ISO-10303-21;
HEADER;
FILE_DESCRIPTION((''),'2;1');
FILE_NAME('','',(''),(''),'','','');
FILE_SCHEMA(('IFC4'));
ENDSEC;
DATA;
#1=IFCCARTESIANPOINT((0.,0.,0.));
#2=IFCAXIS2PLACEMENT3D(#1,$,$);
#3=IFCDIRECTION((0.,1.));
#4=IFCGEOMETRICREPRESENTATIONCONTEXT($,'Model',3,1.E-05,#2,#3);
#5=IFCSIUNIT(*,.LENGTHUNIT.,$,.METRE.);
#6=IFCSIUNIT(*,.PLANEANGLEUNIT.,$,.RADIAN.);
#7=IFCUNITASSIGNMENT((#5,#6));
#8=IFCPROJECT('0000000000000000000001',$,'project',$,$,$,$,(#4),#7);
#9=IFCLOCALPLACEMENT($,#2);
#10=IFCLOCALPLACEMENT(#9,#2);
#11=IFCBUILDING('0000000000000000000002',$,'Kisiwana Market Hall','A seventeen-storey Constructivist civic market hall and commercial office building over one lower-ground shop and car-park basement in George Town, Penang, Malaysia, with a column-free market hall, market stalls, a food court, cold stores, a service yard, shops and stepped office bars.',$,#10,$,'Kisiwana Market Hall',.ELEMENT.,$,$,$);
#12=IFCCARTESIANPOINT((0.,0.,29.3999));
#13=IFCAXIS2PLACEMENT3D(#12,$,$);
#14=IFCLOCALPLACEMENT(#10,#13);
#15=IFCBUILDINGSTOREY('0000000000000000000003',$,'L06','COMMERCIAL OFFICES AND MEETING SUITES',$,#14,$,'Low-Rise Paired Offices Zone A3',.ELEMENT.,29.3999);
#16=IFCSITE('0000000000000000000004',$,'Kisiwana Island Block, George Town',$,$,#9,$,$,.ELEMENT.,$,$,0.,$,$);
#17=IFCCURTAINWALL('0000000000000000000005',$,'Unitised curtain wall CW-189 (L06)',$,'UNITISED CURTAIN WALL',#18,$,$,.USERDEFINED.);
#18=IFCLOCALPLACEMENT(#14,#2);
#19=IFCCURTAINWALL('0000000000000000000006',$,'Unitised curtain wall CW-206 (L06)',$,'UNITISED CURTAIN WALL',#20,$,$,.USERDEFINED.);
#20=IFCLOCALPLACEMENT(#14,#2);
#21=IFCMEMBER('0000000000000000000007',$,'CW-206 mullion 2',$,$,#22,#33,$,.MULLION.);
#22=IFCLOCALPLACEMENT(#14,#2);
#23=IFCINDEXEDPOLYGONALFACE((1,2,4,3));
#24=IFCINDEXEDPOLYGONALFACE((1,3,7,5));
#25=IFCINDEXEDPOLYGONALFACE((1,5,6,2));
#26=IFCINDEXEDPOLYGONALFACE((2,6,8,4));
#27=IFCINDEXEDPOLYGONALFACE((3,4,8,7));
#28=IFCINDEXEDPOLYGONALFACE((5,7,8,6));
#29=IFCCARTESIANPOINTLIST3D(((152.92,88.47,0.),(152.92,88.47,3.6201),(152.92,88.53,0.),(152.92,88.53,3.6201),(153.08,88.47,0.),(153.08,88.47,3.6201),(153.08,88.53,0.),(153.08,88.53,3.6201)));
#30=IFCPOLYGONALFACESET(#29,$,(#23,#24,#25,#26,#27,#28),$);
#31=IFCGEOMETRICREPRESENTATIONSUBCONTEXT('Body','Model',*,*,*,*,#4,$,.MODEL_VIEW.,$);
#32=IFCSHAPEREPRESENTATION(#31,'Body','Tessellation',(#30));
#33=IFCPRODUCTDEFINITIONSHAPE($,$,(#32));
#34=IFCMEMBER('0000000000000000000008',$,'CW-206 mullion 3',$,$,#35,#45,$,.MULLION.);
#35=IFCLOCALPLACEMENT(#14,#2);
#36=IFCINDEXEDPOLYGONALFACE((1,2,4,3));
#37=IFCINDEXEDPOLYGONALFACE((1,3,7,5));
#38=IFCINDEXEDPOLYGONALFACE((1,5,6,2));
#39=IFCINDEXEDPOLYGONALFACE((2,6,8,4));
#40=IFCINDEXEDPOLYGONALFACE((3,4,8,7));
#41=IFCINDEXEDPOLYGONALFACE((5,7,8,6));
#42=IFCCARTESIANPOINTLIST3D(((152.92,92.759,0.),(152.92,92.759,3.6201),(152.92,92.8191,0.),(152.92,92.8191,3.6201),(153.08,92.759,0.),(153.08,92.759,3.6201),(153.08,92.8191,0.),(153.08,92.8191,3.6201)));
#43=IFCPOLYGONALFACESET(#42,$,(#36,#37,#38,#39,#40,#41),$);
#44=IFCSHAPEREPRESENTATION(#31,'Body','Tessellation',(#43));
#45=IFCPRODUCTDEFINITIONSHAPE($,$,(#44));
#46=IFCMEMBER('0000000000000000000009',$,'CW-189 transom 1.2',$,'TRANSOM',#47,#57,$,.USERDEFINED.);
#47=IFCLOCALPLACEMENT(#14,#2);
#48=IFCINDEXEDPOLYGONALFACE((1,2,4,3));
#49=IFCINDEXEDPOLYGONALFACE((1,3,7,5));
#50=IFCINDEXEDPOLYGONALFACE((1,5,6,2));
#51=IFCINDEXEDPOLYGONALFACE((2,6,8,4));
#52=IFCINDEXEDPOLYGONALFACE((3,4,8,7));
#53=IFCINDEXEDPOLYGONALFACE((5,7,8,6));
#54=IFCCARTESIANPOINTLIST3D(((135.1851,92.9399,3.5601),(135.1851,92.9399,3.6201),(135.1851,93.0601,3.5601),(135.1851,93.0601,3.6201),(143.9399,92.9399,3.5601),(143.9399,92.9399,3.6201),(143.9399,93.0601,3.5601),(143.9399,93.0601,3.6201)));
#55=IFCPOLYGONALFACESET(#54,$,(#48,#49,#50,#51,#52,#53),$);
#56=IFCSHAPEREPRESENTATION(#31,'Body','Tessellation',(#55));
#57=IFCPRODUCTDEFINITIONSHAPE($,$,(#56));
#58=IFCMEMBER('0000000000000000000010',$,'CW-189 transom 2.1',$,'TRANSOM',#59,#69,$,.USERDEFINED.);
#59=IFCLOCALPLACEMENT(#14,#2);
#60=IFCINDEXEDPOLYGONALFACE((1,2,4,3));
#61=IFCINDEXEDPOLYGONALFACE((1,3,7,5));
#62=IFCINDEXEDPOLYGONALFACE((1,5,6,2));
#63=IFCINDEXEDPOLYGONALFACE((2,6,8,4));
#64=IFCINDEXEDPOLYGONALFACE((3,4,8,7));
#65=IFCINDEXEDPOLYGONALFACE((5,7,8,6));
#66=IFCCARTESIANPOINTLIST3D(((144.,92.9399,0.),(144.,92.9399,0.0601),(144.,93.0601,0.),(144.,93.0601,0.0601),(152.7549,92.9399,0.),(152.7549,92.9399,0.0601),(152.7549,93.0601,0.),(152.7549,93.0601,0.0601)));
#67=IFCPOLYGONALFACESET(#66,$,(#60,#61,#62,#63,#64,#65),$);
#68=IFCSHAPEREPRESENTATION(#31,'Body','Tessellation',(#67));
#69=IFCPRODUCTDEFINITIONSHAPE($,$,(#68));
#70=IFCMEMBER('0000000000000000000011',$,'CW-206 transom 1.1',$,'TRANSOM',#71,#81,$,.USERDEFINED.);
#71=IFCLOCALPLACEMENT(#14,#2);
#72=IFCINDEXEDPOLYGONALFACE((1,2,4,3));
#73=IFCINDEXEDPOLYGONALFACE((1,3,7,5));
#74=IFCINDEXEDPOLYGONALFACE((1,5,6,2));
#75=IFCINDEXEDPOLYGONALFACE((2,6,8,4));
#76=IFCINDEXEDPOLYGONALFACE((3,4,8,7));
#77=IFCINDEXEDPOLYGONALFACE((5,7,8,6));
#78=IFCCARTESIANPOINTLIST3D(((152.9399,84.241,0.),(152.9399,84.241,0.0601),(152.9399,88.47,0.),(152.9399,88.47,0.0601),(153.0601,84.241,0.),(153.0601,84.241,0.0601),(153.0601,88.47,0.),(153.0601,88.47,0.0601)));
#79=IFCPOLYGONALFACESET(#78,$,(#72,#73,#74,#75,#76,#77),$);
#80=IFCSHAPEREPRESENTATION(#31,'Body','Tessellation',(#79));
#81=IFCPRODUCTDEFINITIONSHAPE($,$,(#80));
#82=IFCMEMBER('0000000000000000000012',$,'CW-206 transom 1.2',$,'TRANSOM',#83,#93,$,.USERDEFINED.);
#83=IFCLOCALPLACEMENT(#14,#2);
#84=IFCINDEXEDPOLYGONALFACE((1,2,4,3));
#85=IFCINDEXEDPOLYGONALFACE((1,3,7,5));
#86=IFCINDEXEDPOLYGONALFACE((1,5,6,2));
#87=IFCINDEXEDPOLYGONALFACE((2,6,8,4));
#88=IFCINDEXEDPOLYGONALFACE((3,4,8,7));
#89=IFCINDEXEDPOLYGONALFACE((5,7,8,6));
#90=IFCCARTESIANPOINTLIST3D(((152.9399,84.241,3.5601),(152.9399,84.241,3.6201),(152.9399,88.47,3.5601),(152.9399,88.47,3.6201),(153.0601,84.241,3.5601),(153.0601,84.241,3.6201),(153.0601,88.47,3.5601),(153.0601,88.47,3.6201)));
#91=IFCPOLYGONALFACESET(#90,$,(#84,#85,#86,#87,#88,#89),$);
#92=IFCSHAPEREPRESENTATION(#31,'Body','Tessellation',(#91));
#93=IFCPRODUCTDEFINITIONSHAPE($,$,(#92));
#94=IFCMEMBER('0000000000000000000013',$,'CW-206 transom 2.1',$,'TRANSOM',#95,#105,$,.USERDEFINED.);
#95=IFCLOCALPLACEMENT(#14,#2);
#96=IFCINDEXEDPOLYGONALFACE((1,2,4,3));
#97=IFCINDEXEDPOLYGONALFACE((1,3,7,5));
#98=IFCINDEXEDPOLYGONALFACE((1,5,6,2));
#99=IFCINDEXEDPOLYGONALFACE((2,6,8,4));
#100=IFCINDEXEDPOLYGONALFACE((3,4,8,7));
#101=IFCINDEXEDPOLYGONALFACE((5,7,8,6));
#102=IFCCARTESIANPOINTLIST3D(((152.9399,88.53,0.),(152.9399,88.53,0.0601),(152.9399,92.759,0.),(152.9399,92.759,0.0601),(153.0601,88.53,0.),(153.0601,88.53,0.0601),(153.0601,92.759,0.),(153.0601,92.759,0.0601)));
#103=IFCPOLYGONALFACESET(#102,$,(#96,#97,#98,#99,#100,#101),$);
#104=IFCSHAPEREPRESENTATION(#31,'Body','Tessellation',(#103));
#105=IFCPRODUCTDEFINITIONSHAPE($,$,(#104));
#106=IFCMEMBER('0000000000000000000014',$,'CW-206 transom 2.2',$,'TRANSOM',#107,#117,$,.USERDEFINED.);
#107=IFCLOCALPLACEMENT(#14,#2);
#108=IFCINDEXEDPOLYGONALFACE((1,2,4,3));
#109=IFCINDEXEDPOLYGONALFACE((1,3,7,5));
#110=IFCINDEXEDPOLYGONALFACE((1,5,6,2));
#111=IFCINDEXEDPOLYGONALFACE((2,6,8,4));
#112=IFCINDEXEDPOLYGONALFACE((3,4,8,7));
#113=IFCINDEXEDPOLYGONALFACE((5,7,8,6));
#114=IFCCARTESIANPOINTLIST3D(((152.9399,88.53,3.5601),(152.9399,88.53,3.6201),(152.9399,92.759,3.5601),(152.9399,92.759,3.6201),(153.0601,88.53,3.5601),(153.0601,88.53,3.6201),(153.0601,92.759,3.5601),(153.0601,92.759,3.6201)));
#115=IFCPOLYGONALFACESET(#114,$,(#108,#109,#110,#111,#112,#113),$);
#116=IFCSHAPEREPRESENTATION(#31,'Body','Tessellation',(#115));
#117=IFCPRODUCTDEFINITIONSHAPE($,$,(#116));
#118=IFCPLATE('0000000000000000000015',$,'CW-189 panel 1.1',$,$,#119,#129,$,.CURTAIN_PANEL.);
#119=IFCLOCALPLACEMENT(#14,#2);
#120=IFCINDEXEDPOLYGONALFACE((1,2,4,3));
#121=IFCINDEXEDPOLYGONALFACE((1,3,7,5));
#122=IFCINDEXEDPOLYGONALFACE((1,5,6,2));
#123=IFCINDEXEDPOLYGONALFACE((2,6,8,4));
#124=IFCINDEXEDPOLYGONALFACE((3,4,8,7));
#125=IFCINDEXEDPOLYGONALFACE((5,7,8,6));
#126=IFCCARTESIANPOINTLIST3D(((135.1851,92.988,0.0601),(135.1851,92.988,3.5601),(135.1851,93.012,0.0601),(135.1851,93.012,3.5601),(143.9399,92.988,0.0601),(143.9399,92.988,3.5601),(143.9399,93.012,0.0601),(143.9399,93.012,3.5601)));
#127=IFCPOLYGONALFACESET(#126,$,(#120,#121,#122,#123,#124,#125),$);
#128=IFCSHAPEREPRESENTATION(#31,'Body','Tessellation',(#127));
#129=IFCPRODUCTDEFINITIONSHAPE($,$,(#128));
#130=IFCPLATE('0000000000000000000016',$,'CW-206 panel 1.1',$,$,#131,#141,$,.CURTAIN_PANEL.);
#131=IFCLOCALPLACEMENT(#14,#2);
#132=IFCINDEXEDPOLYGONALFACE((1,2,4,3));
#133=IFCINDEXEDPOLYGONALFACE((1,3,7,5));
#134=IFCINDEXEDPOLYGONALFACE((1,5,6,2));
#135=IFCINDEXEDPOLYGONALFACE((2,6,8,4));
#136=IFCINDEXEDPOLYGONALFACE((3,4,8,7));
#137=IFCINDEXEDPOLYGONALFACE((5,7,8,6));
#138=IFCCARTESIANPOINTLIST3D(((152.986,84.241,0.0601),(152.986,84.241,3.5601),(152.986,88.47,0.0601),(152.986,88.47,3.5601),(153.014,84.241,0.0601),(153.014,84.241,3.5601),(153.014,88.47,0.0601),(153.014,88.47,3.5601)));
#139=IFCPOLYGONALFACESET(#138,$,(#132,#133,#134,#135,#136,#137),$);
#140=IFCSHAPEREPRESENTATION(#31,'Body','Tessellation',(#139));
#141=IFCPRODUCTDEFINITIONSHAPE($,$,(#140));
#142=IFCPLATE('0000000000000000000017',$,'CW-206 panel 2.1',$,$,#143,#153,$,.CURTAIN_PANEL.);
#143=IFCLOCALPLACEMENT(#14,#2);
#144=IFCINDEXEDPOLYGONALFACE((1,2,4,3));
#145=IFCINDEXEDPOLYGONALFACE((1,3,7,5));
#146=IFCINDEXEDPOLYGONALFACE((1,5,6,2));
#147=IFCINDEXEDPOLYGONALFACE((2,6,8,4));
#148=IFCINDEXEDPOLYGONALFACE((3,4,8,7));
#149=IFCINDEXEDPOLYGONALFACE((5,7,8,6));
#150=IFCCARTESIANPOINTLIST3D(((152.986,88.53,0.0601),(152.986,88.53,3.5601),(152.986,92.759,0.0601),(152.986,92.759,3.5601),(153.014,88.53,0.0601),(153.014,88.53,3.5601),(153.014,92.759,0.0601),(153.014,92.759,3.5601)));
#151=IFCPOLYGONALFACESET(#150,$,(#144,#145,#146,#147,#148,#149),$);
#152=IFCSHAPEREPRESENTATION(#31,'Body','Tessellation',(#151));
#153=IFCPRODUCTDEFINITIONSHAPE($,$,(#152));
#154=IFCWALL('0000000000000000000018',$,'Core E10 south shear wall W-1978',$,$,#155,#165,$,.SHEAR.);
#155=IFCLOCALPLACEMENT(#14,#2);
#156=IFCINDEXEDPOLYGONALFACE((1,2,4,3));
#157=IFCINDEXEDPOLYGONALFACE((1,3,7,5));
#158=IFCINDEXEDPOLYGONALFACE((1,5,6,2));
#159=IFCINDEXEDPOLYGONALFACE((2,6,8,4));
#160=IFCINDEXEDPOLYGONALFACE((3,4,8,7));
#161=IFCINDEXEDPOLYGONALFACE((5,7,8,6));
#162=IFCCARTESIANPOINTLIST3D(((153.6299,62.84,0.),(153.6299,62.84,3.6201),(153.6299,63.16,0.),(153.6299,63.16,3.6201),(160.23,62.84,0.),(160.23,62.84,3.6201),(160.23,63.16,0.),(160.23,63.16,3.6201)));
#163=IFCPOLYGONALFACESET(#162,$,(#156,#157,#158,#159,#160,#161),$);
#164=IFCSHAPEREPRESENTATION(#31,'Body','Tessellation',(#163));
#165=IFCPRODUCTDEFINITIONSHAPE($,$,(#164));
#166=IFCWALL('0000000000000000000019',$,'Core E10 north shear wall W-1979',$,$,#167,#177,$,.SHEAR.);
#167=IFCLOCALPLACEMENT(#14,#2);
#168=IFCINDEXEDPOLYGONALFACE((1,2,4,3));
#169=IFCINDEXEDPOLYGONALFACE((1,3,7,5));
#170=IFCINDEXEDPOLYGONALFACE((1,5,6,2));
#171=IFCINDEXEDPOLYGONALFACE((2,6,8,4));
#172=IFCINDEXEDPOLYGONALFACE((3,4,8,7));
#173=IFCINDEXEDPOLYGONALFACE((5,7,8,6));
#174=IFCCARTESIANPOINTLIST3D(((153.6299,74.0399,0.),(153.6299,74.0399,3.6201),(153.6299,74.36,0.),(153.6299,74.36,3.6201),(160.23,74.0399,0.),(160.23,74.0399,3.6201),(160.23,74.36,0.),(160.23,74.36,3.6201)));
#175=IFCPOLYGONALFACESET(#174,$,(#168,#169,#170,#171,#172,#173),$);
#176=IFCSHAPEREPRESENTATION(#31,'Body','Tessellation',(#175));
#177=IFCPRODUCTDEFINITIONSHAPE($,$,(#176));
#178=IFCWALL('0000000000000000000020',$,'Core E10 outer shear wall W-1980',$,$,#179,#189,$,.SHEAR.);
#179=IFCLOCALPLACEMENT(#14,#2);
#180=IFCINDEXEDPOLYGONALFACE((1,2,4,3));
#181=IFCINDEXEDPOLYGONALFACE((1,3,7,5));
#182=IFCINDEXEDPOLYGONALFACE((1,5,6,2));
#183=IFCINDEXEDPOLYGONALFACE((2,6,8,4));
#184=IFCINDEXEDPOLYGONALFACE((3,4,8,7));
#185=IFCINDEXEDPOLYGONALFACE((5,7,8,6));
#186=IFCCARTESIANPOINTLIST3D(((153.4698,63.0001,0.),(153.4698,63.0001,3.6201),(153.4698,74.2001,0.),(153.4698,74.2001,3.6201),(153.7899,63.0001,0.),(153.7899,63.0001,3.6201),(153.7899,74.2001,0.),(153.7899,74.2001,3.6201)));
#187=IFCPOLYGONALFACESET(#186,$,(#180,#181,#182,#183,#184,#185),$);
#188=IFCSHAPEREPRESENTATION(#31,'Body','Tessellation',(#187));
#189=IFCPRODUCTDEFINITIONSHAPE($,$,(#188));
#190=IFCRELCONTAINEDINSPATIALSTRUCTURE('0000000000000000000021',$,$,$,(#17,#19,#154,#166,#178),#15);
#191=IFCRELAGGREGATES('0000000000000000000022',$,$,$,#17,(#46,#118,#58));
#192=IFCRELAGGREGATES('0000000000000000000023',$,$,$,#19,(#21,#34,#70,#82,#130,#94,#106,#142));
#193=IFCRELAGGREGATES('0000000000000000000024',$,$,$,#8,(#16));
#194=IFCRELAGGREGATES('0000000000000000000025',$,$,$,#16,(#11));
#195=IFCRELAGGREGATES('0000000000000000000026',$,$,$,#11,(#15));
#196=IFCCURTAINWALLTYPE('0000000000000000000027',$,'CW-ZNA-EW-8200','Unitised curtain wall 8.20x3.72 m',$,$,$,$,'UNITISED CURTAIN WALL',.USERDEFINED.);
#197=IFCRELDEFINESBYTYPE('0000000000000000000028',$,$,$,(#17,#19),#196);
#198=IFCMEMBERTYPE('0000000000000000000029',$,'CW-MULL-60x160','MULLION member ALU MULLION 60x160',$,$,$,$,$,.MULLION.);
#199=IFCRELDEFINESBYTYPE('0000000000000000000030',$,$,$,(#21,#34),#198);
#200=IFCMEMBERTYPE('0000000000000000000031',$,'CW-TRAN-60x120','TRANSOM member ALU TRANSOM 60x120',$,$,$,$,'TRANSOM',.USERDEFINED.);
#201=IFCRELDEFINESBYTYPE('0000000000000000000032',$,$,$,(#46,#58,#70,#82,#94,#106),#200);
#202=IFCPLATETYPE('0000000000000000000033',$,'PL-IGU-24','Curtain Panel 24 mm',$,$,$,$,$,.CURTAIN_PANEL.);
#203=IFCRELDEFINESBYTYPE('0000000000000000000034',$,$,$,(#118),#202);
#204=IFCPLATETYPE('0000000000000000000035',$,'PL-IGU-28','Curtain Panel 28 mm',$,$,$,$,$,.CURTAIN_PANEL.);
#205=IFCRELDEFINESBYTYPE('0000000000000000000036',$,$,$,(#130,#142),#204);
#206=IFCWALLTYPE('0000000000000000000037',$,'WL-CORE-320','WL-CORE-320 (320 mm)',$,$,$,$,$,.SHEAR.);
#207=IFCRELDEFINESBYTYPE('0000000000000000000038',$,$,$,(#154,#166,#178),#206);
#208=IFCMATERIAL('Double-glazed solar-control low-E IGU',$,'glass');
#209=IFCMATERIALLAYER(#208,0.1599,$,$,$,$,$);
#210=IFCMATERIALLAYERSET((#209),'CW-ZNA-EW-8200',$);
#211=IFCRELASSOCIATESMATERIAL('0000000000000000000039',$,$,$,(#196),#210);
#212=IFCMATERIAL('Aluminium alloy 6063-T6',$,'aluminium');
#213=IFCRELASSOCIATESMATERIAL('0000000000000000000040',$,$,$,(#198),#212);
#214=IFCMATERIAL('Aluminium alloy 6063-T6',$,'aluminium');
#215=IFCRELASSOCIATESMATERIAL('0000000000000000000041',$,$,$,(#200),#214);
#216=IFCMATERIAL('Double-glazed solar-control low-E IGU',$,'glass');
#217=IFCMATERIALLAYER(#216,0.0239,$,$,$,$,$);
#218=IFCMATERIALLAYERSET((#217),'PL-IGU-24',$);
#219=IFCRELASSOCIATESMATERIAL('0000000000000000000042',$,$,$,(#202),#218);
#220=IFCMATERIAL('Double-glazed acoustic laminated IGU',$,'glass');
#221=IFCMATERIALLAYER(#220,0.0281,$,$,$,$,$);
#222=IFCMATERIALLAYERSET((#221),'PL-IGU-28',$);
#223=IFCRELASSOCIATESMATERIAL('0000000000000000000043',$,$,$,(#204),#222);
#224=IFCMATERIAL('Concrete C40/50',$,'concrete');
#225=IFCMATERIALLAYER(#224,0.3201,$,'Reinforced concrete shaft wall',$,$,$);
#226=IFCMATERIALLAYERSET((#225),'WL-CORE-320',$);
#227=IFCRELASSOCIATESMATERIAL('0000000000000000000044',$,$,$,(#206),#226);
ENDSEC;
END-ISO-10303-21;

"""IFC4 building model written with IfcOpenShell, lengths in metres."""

from ifc_helpers import new_model, si_unit, direction, frame, frame_2d, origin, origin_2d, place, context, subcontext, project, spatial, rectangle, extrude, material, layer, layer_set, material_profile, profile_set, type_object, element, aggregate, save


model = new_model("IFC4")

# Units and contexts
model_context = context("Model", 3, precision=1e-05, world=origin(), true_north=direction((0.0, 1.0)))
body_context = subcontext(model_context, "Body", "Model", "MODEL_VIEW")
ifc_project = project(units=[si_unit("LENGTHUNIT", "METRE"), si_unit("PLANEANGLEUNIT", "RADIAN")], contexts=[model_context])

# Site, building, storey
site_placement = place(None, origin())
site = spatial("IfcSite", under=ifc_project, at=site_placement, Name="Kisiwana Island Block, George Town", CompositionType="ELEMENT", RefElevation=0.0)
building_placement = place(site_placement, origin())
building = spatial("IfcBuilding", under=site, at=building_placement, Name="Kisiwana Market Hall", Description="A seventeen-storey Constructivist civic market hall and commercial office building over one lower-ground shop and car-park basement in George Town, Penang, Malaysia, with a column-free market hall, market stalls, a food court, cold stores, a service yard, shops and stepped office bars.", LongName="Kisiwana Market Hall", CompositionType="ELEMENT")
storey_placement = place(building_placement, frame((0.0, 0.0, 29.3999)))
storey = spatial("IfcBuildingStorey", under=building, at=storey_placement, Name="L06", Description="COMMERCIAL OFFICES AND MEETING SUITES", LongName="Low-Rise Paired Offices Zone A3", CompositionType="ELEMENT", Elevation=29.3999)

# Curtain wall
ifc_material_1 = material(Name="Double-glazed solar-control low-E IGU", Category="glass")
ifc_layer_1 = layer(ifc_material_1, 0.1599)
ifc_layer_set_1 = layer_set([ifc_layer_1], Name="CW-ZNA-EW-8200")
curtain_wall_type = type_object("IfcCurtainWallType", Name="CW-ZNA-EW-8200", Description="Unitised curtain wall 8.20x3.72 m", ElementType="UNITISED CURTAIN WALL", PredefinedType="USERDEFINED", material=ifc_layer_set_1)
curtain_wall_1_placement = place(storey_placement, origin())
curtain_wall_1 = element("IfcCurtainWall", 1, at=curtain_wall_1_placement, inside=storey, type_object=curtain_wall_type, Name="Unitised curtain wall CW-189 (L06)", ObjectType="UNITISED CURTAIN WALL", PredefinedType="USERDEFINED")
ifc_material_2 = material(Name="Aluminium alloy 6063-T6", Category="aluminium")
ifc_material_profile_1 = material_profile(ifc_material_2, rectangle(XDim=0.0601, YDim=0.1599, at=origin_2d()), Name="ALU MULLION 60x160")
ifc_profile_set_1 = profile_set([ifc_material_profile_1], Name="Aluminium alloy 6063-T6")
member_type_1 = type_object("IfcMemberType", Name="CW-MULL-60x160", Description="MULLION member ALU MULLION 60x160", PredefinedType="MULLION", material=ifc_profile_set_1)

# Curtain wall, members
curtain_wall_2_placement = place(storey_placement, origin())
curtain_wall_2 = element("IfcCurtainWall", 2, at=curtain_wall_2_placement, inside=storey, type_object=curtain_wall_type, Name="Unitised curtain wall CW-206 (L06)", ObjectType="UNITISED CURTAIN WALL", PredefinedType="USERDEFINED")
member_1_placement = place(storey_placement, frame((153.0, 88.5, 0.0), z_axis=(0.0, 0.0, 1.0), x_axis=(0.0, 1.0, 0.0)))
member_1 = element("IfcMember", 3, at=member_1_placement, type_object=member_type_1, Name="CW-206 mullion 2", PredefinedType="MULLION", context=body_context, shape_type="SweptSolid", body=[
    extrude(rectangle(XDim=0.0601, YDim=0.1599, at=origin_2d()), origin(), (0.0, 0.0, 1.0), 3.6201),
])
member_2_placement = place(storey_placement, frame((153.0, 92.7891, 0.0), z_axis=(0.0, 0.0, 1.0), x_axis=(0.0, 1.0, 0.0)))
member_2 = element("IfcMember", 4, at=member_2_placement, type_object=member_type_1, Name="CW-206 mullion 3", PredefinedType="MULLION", context=body_context, shape_type="SweptSolid", body=[
    extrude(rectangle(XDim=0.0601, YDim=0.1599, at=origin_2d()), origin(), (0.0, 0.0, 1.0), 3.6201),
])

# Members
ifc_material_3 = material(Name="Aluminium alloy 6063-T6", Category="aluminium")
ifc_material_profile_2 = material_profile(ifc_material_3, rectangle(XDim=0.1201, YDim=0.0601, at=origin_2d()), Name="ALU TRANSOM 60x120")
ifc_profile_set_2 = profile_set([ifc_material_profile_2], Name="Aluminium alloy 6063-T6")
member_type_2 = type_object("IfcMemberType", Name="CW-TRAN-60x120", Description="TRANSOM member ALU TRANSOM 60x120", ElementType="TRANSOM", PredefinedType="USERDEFINED", material=ifc_profile_set_2)
member_3_placement = place(storey_placement, frame((135.1851, 93.0, 3.5901), z_axis=(1.0, 0.0, 0.0), x_axis=(0.0, 1.0, 0.0)))
member_3 = element("IfcMember", 5, at=member_3_placement, type_object=member_type_2, Name="CW-189 transom 1.2", ObjectType="TRANSOM", PredefinedType="USERDEFINED", context=body_context, shape_type="SweptSolid", body=[
    extrude(rectangle(XDim=0.1201, YDim=0.0601, at=origin_2d()), origin(), (0.0, 0.0, 1.0), 8.7549),
])
member_4_placement = place(storey_placement, frame((144.0, 93.0, 0.03), z_axis=(1.0, 0.0, 0.0), x_axis=(0.0, 1.0, 0.0)))
member_4 = element("IfcMember", 6, at=member_4_placement, type_object=member_type_2, Name="CW-189 transom 2.1", ObjectType="TRANSOM", PredefinedType="USERDEFINED", context=body_context, shape_type="SweptSolid", body=[
    extrude(rectangle(XDim=0.1201, YDim=0.0601, at=origin_2d()), origin(), (0.0, 0.0, 1.0), 8.7549),
])
member_5_placement = place(storey_placement, frame((153.0, 84.241, 0.03), z_axis=(0.0, 1.0, 0.0), x_axis=(-1.0, 0.0, 0.0)))
member_5 = element("IfcMember", 7, at=member_5_placement, type_object=member_type_2, Name="CW-206 transom 1.1", ObjectType="TRANSOM", PredefinedType="USERDEFINED", context=body_context, shape_type="SweptSolid", body=[
    extrude(rectangle(XDim=0.1201, YDim=0.0601, at=origin_2d()), origin(), (0.0, 0.0, 1.0), 4.229),
])
member_6_placement = place(storey_placement, frame((153.0, 84.241, 3.5901), z_axis=(0.0, 1.0, 0.0), x_axis=(-1.0, 0.0, 0.0)))
member_6 = element("IfcMember", 8, at=member_6_placement, type_object=member_type_2, Name="CW-206 transom 1.2", ObjectType="TRANSOM", PredefinedType="USERDEFINED", context=body_context, shape_type="SweptSolid", body=[
    extrude(rectangle(XDim=0.1201, YDim=0.0601, at=origin_2d()), origin(), (0.0, 0.0, 1.0), 4.229),
])
member_7_placement = place(storey_placement, frame((153.0, 88.53, 0.03), z_axis=(0.0, 1.0, 0.0), x_axis=(-1.0, 0.0, 0.0)))
member_7 = element("IfcMember", 9, at=member_7_placement, type_object=member_type_2, Name="CW-206 transom 2.1", ObjectType="TRANSOM", PredefinedType="USERDEFINED", context=body_context, shape_type="SweptSolid", body=[
    extrude(rectangle(XDim=0.1201, YDim=0.0601, at=origin_2d()), origin(), (0.0, 0.0, 1.0), 4.229),
])
member_8_placement = place(storey_placement, frame((153.0, 88.53, 3.5901), z_axis=(0.0, 1.0, 0.0), x_axis=(-1.0, 0.0, 0.0)))
member_8 = element("IfcMember", 10, at=member_8_placement, type_object=member_type_2, Name="CW-206 transom 2.2", ObjectType="TRANSOM", PredefinedType="USERDEFINED", context=body_context, shape_type="SweptSolid", body=[
    extrude(rectangle(XDim=0.1201, YDim=0.0601, at=origin_2d()), origin(), (0.0, 0.0, 1.0), 4.229),
])

# Plates
ifc_material_4 = material(Name="Double-glazed solar-control low-E IGU", Category="glass")
ifc_layer_2 = layer(ifc_material_4, 0.0239)
ifc_layer_set_2 = layer_set([ifc_layer_2], Name="PL-IGU-24")
plate_type_1 = type_object("IfcPlateType", Name="PL-IGU-24", Description="Curtain Panel 24 mm", PredefinedType="CURTAIN_PANEL", material=ifc_layer_set_2)
plate_1_placement = place(storey_placement, frame((139.5625, 93.0, 0.0601), z_axis=(0.0, 0.0, 1.0), x_axis=(1.0, 0.0, 0.0)))
plate_1 = element("IfcPlate", 11, at=plate_1_placement, type_object=plate_type_1, Name="CW-189 panel 1.1", PredefinedType="CURTAIN_PANEL", context=body_context, shape_type="SweptSolid", body=[
    extrude(rectangle(XDim=8.7549, YDim=0.0239, at=origin_2d()), origin(), (0.0, 0.0, 1.0), 3.5),
])
aggregate(curtain_wall_1, [member_3, plate_1, member_4])
ifc_material_5 = material(Name="Double-glazed acoustic laminated IGU", Category="glass")
ifc_layer_3 = layer(ifc_material_5, 0.0281)
ifc_layer_set_3 = layer_set([ifc_layer_3], Name="PL-IGU-28")
plate_type_2 = type_object("IfcPlateType", Name="PL-IGU-28", Description="Curtain Panel 28 mm", PredefinedType="CURTAIN_PANEL", material=ifc_layer_set_3)
plate_2_placement = place(storey_placement, frame((153.0, 86.3555, 0.0601), z_axis=(0.0, 0.0, 1.0), x_axis=(0.0, 1.0, 0.0)))
plate_2 = element("IfcPlate", 12, at=plate_2_placement, type_object=plate_type_2, Name="CW-206 panel 1.1", PredefinedType="CURTAIN_PANEL", context=body_context, shape_type="SweptSolid", body=[
    extrude(rectangle(XDim=4.229, YDim=0.0281, at=origin_2d()), origin(), (0.0, 0.0, 1.0), 3.5),
])
plate_3_placement = place(storey_placement, frame((153.0, 90.6445, 0.0601), z_axis=(0.0, 0.0, 1.0), x_axis=(0.0, 1.0, 0.0)))
plate_3 = element("IfcPlate", 13, at=plate_3_placement, type_object=plate_type_2, Name="CW-206 panel 2.1", PredefinedType="CURTAIN_PANEL", context=body_context, shape_type="SweptSolid", body=[
    extrude(rectangle(XDim=4.229, YDim=0.0281, at=origin_2d()), origin(), (0.0, 0.0, 1.0), 3.5),
])
aggregate(curtain_wall_2, [member_1, member_2, member_5, member_6, plate_2, member_7, member_8, plate_3])

# Walls
ifc_material_6 = material(Name="Concrete C40/50", Category="concrete")
ifc_layer_4 = layer(ifc_material_6, 0.3201, Name="Reinforced concrete shaft wall")
ifc_layer_set_4 = layer_set([ifc_layer_4], Name="WL-CORE-320")
wall_type_1 = type_object("IfcWallType", Name="WL-CORE-320", Description="WL-CORE-320 (320 mm)", PredefinedType="SHEAR", material=ifc_layer_set_4)
for number, where, z_axis, x_axis, name in (
    (14, (153.6299, 63.0, 0.0), (0.0, 0.0, 1.0), (1.0, 0.0, 0.0), "Core E10 south shear wall W-1978"),
    (15, (153.6299, 74.2, 0.0), (0.0, 0.0, 1.0), (1.0, 0.0, 0.0), "Core E10 north shear wall W-1979"),
):
    element("IfcWall", number, at=place(storey_placement, frame(where, z_axis=z_axis, x_axis=x_axis)), inside=storey, type_object=wall_type_1, Name=name, PredefinedType="SHEAR", context=body_context, shape_type="SweptSolid", body=[
        extrude(rectangle(XDim=6.6001, YDim=0.3201, at=frame_2d((3.3, 0.0))), origin(), (0.0, 0.0, 1.0), 3.6201),
    ])
wall_1_placement = place(storey_placement, frame((153.6299, 63.0, 0.0), z_axis=(0.0, 0.0, 1.0), x_axis=(0.0, 1.0, 0.0)))
element("IfcWall", 16, at=wall_1_placement, inside=storey, type_object=wall_type_1, Name="Core E10 outer shear wall W-1980", PredefinedType="SHEAR", context=body_context, shape_type="SweptSolid", body=[
    extrude(rectangle(XDim=11.2, YDim=0.3201, at=frame_2d((5.6001, 0.0))), origin(), (0.0, 0.0, 1.0), 3.6201),
])

save(model, "model.ifc")
